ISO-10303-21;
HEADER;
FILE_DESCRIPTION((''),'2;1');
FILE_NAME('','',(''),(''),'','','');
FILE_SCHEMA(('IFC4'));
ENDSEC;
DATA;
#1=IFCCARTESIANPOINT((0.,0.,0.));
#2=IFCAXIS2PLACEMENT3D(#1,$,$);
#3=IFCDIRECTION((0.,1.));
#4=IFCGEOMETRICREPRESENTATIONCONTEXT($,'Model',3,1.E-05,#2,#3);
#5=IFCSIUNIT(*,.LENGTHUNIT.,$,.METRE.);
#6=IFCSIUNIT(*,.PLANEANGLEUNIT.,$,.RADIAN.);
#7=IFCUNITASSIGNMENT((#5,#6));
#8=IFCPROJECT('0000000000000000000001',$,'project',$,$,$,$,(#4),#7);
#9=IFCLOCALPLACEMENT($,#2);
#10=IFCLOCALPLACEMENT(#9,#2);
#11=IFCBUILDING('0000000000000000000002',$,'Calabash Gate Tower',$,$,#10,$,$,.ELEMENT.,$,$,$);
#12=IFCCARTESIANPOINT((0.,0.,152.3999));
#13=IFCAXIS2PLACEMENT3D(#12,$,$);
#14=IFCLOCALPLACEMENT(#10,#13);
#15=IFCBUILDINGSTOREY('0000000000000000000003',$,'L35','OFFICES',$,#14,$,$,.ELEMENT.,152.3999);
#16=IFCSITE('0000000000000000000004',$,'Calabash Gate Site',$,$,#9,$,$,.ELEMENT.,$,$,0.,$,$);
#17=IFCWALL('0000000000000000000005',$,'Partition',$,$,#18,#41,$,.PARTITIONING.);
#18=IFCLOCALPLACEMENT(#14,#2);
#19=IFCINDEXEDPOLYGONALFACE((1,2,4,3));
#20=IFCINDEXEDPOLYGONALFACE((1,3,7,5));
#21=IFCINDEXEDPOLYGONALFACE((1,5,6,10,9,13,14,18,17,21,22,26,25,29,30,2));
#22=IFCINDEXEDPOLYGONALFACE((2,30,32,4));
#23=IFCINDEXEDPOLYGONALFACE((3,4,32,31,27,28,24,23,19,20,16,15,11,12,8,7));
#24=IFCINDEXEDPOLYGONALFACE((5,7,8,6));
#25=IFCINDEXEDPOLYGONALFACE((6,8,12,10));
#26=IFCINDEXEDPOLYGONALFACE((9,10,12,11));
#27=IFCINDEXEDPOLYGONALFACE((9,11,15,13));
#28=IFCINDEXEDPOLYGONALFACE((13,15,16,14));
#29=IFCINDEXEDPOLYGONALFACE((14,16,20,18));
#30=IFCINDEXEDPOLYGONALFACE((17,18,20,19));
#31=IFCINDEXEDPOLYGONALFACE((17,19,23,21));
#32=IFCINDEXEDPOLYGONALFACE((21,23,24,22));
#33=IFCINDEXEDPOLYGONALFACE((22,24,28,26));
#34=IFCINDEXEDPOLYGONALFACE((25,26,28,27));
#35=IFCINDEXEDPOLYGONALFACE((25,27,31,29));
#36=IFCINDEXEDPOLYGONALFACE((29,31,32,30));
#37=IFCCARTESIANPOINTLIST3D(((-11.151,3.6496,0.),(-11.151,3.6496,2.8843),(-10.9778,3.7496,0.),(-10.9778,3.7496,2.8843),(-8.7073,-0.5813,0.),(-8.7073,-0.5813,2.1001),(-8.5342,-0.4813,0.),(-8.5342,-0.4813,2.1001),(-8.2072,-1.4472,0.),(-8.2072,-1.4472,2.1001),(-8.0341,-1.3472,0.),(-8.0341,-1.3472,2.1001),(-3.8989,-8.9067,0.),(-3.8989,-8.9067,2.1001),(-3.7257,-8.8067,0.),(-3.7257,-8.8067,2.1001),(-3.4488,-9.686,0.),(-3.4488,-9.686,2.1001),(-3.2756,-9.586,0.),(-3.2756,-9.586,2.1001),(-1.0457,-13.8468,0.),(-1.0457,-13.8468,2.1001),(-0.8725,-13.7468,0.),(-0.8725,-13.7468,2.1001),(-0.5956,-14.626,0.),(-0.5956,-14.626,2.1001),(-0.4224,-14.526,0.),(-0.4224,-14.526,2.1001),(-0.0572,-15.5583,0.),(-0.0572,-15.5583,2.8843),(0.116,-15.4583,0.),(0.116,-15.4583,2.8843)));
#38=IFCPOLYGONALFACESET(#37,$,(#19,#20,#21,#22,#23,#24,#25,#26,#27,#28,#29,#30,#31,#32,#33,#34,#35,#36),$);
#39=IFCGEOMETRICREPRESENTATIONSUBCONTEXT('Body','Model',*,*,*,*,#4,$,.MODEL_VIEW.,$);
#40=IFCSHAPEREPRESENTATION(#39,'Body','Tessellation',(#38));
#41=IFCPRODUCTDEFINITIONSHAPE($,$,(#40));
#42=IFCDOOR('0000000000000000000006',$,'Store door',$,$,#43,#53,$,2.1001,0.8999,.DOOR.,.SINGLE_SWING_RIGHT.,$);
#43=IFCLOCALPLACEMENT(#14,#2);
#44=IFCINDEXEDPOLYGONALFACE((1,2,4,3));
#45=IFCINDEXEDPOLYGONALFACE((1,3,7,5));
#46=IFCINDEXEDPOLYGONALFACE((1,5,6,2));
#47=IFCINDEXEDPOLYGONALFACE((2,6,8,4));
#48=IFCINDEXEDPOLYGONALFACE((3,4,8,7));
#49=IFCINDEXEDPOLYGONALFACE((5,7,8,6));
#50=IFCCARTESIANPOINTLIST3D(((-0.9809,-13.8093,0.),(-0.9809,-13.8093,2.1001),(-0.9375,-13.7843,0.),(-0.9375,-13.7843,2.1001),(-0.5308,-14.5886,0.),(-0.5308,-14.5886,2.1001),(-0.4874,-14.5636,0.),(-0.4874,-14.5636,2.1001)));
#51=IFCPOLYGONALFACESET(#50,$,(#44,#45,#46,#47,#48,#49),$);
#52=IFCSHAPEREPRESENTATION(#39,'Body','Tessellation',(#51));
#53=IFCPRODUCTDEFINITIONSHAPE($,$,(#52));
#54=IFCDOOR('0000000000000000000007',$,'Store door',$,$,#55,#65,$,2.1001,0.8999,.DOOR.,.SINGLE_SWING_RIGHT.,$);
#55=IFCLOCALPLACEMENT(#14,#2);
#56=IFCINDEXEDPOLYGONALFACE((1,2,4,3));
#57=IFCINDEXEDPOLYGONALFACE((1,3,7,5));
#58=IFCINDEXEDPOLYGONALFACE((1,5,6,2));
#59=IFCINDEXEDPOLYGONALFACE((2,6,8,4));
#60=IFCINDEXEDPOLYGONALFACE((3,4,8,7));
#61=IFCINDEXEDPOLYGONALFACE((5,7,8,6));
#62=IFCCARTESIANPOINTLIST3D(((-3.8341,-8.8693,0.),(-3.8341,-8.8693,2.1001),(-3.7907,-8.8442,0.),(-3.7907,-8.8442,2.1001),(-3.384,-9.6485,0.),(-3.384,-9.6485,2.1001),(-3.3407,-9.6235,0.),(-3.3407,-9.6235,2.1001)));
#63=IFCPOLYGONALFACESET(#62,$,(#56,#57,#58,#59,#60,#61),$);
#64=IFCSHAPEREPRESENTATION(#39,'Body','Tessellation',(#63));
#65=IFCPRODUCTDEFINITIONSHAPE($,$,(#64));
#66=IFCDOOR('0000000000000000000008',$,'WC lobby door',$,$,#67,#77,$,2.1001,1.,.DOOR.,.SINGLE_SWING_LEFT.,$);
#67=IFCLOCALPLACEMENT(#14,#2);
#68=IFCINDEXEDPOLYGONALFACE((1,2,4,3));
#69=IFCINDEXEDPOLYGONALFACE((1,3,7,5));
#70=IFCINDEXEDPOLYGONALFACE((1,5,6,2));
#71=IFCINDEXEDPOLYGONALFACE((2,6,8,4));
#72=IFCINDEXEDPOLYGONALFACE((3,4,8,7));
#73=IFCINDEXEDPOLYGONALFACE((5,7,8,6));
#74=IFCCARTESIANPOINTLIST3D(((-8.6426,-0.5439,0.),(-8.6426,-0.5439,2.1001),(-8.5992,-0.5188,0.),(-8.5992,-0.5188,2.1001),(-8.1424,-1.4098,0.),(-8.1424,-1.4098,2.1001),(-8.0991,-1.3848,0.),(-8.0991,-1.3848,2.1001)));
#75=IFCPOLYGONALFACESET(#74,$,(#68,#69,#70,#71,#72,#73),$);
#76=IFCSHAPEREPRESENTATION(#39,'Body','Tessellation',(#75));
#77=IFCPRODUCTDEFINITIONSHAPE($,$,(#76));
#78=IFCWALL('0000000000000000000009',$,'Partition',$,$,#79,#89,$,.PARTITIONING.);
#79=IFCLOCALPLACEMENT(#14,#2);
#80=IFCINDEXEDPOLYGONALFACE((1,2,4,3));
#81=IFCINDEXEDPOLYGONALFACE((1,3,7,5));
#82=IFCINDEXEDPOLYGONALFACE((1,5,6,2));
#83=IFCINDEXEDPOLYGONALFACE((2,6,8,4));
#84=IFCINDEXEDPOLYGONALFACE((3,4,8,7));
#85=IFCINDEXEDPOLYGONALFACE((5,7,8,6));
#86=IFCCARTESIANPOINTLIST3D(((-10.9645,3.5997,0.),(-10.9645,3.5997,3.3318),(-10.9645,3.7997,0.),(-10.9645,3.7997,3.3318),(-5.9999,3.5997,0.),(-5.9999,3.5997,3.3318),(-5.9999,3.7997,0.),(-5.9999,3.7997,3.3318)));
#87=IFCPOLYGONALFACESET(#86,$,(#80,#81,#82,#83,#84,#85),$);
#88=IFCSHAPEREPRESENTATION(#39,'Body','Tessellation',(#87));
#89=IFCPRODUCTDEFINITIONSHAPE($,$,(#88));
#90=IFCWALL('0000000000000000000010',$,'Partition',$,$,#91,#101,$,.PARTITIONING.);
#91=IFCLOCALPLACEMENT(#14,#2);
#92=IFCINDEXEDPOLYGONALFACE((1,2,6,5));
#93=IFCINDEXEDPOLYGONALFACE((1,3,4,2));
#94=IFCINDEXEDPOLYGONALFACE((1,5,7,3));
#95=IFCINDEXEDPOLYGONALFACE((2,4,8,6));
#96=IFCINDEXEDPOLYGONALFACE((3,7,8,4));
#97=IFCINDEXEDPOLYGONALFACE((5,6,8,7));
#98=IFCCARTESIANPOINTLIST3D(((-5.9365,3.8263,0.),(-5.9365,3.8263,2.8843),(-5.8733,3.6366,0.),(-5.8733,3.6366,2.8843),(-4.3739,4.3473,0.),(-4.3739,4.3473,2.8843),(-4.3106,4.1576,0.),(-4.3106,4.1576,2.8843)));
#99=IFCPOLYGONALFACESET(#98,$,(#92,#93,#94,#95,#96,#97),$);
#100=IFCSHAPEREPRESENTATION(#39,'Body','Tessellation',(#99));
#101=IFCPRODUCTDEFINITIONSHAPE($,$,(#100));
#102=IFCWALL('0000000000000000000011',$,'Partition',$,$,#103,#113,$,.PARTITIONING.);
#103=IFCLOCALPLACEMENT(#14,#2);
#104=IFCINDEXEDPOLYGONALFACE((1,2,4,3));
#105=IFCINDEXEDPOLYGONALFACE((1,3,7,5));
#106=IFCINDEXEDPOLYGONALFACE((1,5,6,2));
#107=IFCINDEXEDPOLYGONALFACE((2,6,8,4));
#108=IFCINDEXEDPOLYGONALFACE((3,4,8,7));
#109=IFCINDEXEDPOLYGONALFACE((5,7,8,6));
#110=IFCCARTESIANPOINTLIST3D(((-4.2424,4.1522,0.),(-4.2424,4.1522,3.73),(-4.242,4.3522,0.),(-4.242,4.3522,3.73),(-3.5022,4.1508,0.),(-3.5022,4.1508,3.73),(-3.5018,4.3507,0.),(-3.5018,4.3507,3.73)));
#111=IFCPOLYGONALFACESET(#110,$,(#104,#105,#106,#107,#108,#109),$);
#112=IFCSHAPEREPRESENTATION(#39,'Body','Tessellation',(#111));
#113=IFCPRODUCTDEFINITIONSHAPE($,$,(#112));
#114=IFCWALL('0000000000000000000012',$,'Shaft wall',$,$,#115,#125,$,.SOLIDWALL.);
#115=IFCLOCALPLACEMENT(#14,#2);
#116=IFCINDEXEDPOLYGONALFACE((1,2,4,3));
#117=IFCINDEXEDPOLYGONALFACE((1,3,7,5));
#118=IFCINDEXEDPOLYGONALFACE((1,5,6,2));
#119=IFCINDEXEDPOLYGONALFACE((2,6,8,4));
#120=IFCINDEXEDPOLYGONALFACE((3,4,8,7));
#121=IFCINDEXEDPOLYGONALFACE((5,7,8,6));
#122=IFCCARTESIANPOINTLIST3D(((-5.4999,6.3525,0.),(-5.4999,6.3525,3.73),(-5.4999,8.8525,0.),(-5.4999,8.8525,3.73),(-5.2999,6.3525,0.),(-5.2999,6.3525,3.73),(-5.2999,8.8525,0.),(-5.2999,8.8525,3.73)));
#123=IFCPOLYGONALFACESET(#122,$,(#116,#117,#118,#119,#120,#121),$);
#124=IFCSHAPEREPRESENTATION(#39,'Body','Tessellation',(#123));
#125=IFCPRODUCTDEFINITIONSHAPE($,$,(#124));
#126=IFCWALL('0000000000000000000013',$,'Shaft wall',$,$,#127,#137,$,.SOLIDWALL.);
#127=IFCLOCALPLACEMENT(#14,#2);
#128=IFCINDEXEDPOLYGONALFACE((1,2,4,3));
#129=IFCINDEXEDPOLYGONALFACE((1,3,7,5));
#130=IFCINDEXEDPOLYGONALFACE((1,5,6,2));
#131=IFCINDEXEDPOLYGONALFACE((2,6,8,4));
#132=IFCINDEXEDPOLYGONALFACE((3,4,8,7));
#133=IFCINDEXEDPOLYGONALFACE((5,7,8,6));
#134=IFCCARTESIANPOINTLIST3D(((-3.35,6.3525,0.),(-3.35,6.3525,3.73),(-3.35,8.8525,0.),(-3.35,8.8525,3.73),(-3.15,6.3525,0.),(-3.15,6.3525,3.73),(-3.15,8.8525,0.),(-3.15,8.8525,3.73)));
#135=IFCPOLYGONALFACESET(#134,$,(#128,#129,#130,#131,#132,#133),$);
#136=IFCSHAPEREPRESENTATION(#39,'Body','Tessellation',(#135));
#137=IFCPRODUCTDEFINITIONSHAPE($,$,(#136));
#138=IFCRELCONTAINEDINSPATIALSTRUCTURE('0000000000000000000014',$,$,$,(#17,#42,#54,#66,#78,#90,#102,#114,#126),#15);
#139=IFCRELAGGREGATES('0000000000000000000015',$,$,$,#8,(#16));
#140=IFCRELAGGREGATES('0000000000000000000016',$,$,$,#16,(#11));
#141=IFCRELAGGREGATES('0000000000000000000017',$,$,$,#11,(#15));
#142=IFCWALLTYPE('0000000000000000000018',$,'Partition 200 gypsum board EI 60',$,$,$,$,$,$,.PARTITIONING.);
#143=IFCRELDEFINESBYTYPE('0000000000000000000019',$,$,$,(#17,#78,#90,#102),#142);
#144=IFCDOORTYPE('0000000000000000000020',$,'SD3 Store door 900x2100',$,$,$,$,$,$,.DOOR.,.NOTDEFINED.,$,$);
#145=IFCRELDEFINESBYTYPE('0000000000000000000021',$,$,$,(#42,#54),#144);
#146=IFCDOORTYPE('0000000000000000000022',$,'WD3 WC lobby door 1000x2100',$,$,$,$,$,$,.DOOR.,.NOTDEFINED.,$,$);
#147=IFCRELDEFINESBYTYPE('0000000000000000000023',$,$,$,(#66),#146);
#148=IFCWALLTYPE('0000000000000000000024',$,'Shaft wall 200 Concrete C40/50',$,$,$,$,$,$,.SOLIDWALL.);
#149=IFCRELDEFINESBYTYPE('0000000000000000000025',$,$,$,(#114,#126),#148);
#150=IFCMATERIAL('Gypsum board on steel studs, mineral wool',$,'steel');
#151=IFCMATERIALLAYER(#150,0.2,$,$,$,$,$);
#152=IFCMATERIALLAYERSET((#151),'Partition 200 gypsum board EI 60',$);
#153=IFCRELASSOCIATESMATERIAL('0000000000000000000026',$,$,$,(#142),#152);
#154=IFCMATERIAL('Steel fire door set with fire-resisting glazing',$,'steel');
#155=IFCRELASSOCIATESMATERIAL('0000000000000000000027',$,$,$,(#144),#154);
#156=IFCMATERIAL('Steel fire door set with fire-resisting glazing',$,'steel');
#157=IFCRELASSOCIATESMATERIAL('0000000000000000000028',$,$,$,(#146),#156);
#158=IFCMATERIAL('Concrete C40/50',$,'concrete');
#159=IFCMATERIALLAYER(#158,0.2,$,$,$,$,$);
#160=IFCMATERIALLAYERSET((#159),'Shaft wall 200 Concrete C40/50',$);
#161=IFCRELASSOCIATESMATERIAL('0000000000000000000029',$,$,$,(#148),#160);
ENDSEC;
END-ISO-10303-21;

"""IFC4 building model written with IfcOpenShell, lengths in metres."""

from ifc_helpers import new_model, si_unit, direction, frame, frame_2d, origin, place, context, subcontext, project, spatial, rectangle, extrude, material, layer, layer_set, type_object, element, fill, save


model = new_model("IFC4")

# Units and contexts
model_context = context("Model", 3, precision=1e-05, world=origin(), true_north=direction((0.0, 1.0)))
body_context = subcontext(model_context, "Body", "Model", "MODEL_VIEW")
ifc_project = project(units=[si_unit("LENGTHUNIT", "METRE"), si_unit("PLANEANGLEUNIT", "RADIAN")], contexts=[model_context])

# Site, building, storey
site_placement = place(None, origin())
site = spatial("IfcSite", under=ifc_project, at=site_placement, Name="Calabash Gate Site", CompositionType="ELEMENT", RefElevation=0.0)
building_placement = place(site_placement, origin())
building = spatial("IfcBuilding", under=site, at=building_placement, Name="Calabash Gate Tower", CompositionType="ELEMENT")
storey_placement = place(building_placement, frame((0.0, 0.0, 152.3999)))
storey = spatial("IfcBuildingStorey", under=building, at=storey_placement, Name="L35", Description="OFFICES", CompositionType="ELEMENT", Elevation=152.3999)

# Shared definitions
ifc_material_1 = material(Name="Gypsum board on steel studs, mineral wool", Category="steel")
ifc_layer_1 = layer(ifc_material_1, 0.2)
ifc_layer_set_1 = layer_set([ifc_layer_1], Name="Partition 200 gypsum board EI 60")
wall_type_1 = type_object("IfcWallType", Name="Partition 200 gypsum board EI 60", PredefinedType="PARTITIONING", material=ifc_layer_set_1)

# Wall, openings, doors
wall_1_placement = place(storey_placement, frame((-11.0645, 3.6997, 0.0), z_axis=(0.0, 0.0, 1.0), x_axis=(0.50014, -0.865945, 0.0)))
wall_1 = element("IfcWall", 1, at=wall_1_placement, inside=storey, type_object=wall_type_1, Name="Partition", PredefinedType="PARTITIONING", context=body_context, shape_type="SweptSolid", body=[
    extrude(rectangle(XDim=22.1814, YDim=0.2, at=frame_2d((11.0908, 0.0))), origin(), (0.0, 0.0, 1.0), 2.8843),
])
opening_1_placement = place(wall_1_placement, frame((20.2051, 0.0, 0.0)))
opening_1 = element("IfcOpeningElement", 2, at=opening_1_placement, cuts=wall_1, PredefinedType="OPENING", context=body_context, shape_type="SweptSolid", body=[
    extrude(rectangle(XDim=0.8999, YDim=2.1001, at=frame_2d((0.45, 1.05))), frame((0.0, 0.1099, 0.0), z_axis=(0.0, -1.0, 0.0), x_axis=(1.0, 0.0, 0.0)), (0.0, 0.0, 1.0), 0.22),
])
opening_2_placement = place(wall_1_placement, frame((14.5002, 0.0, 0.0)))
opening_2 = element("IfcOpeningElement", 3, at=opening_2_placement, cuts=wall_1, PredefinedType="OPENING", context=body_context, shape_type="SweptSolid", body=[
    extrude(rectangle(XDim=0.8999, YDim=2.1001, at=frame_2d((0.45, 1.05))), frame((0.0, 0.1099, 0.0), z_axis=(0.0, -1.0, 0.0), x_axis=(1.0, 0.0, 0.0)), (0.0, 0.0, 1.0), 0.22),
])
opening_3_placement = place(wall_1_placement, frame((4.886, 0.0, 0.0)))
opening_3 = element("IfcOpeningElement", 4, at=opening_3_placement, cuts=wall_1, PredefinedType="OPENING", context=body_context, shape_type="SweptSolid", body=[
    extrude(rectangle(XDim=1.0, YDim=2.1001, at=frame_2d((0.5, 1.05))), frame((0.0, 0.1099, 0.0), z_axis=(0.0, -1.0, 0.0), x_axis=(1.0, 0.0, 0.0)), (0.0, 0.0, 1.0), 0.22),
])
ifc_material_2 = material(Name="Steel fire door set with fire-resisting glazing", Category="steel")
door_type_1 = type_object("IfcDoorType", Name="SD3 Store door 900x2100", OperationType="NOTDEFINED", PredefinedType="DOOR", material=ifc_material_2)
door_1_placement = place(opening_1_placement, origin())
door_1 = element("IfcDoor", 5, at=door_1_placement, inside=storey, type_object=door_type_1, Name="Store door", OperationType="SINGLE_SWING_RIGHT", OverallHeight=2.1001, OverallWidth=0.8999, PredefinedType="DOOR", context=body_context, shape_type="SweptSolid", body=[
    extrude(rectangle(XDim=0.8999, YDim=2.1001, at=frame_2d((0.45, 1.05))), frame((0.0, 0.0249, 0.0), z_axis=(0.0, -1.0, 0.0), x_axis=(1.0, 0.0, 0.0)), (0.0, 0.0, 1.0), 0.05),
])
fill(opening_1, door_1)
door_2_placement = place(opening_2_placement, origin())
door_2 = element("IfcDoor", 6, at=door_2_placement, inside=storey, type_object=door_type_1, Name="Store door", OperationType="SINGLE_SWING_RIGHT", OverallHeight=2.1001, OverallWidth=0.8999, PredefinedType="DOOR", context=body_context, shape_type="SweptSolid", body=[
    extrude(rectangle(XDim=0.8999, YDim=2.1001, at=frame_2d((0.45, 1.05))), frame((0.0, 0.0249, 0.0), z_axis=(0.0, -1.0, 0.0), x_axis=(1.0, 0.0, 0.0)), (0.0, 0.0, 1.0), 0.05),
])
fill(opening_2, door_2)
ifc_material_3 = material(Name="Steel fire door set with fire-resisting glazing", Category="steel")
door_type_2 = type_object("IfcDoorType", Name="WD3 WC lobby door 1000x2100", OperationType="NOTDEFINED", PredefinedType="DOOR", material=ifc_material_3)
door_3_placement = place(opening_3_placement, origin())
door_3 = element("IfcDoor", 7, at=door_3_placement, inside=storey, type_object=door_type_2, Name="WC lobby door", OperationType="SINGLE_SWING_LEFT", OverallHeight=2.1001, OverallWidth=1.0, PredefinedType="DOOR", context=body_context, shape_type="SweptSolid", body=[
    extrude(rectangle(XDim=1.0, YDim=2.1001, at=frame_2d((0.5, 1.05))), frame((0.0, 0.0249, 0.0), z_axis=(0.0, -1.0, 0.0), x_axis=(1.0, 0.0, 0.0)), (0.0, 0.0, 1.0), 0.05),
])
fill(opening_3, door_3)

# Walls
wall_2_placement = place(storey_placement, frame((-10.9646, 3.6997, 0.0), z_axis=(0.0, 0.0, 1.0), x_axis=(1.0, 0.0, 0.0)))
element("IfcWall", 8, at=wall_2_placement, inside=storey, type_object=wall_type_1, Name="Partition", PredefinedType="PARTITIONING", context=body_context, shape_type="SweptSolid", body=[
    extrude(rectangle(XDim=4.9646, YDim=0.2, at=frame_2d((2.4824, 0.0))), origin(), (0.0, 0.0, 1.0), 3.3318),
])
wall_3_placement = place(storey_placement, frame((-5.905, 3.7314, 0.0), z_axis=(0.0, 0.0, 1.0), x_axis=(0.948668, 0.316272, 0.0)))
element("IfcWall", 9, at=wall_3_placement, inside=storey, type_object=wall_type_1, Name="Partition", PredefinedType="PARTITIONING", context=body_context, shape_type="SweptSolid", body=[
    extrude(rectangle(XDim=1.6472, YDim=0.2, at=frame_2d((0.8237, 0.0))), origin(), (0.0, 0.0, 1.0), 2.8843),
])
wall_4_placement = place(storey_placement, frame((-4.2422, 4.2522, 0.0), z_axis=(0.0, 0.0, 1.0), x_axis=(0.999998, -0.001979, 0.0)))
element("IfcWall", 10, at=wall_4_placement, inside=storey, type_object=wall_type_1, Name="Partition", PredefinedType="PARTITIONING", context=body_context, shape_type="SweptSolid", body=[
    extrude(rectangle(XDim=0.7402, YDim=0.2, at=frame_2d((0.3701, 0.0))), origin(), (0.0, 0.0, 1.0), 3.73),
])
ifc_material_4 = material(Name="Concrete C40/50", Category="concrete")
ifc_layer_2 = layer(ifc_material_4, 0.2)
ifc_layer_set_2 = layer_set([ifc_layer_2], Name="Shaft wall 200 Concrete C40/50")
wall_type_2 = type_object("IfcWallType", Name="Shaft wall 200 Concrete C40/50", PredefinedType="SOLIDWALL", material=ifc_layer_set_2)
for number, where, z_axis, x_axis, name in (
    (11, (-5.3999, 6.3525, 0.0), (0.0, 0.0, 1.0), (0.0, 1.0, 0.0), "Shaft wall"),
    (12, (-3.25, 6.3525, 0.0), (0.0, 0.0, 1.0), (0.0, 1.0, 0.0), "Shaft wall"),
):
    element("IfcWall", number, at=place(storey_placement, frame(where, z_axis=z_axis, x_axis=x_axis)), inside=storey, type_object=wall_type_2, Name=name, PredefinedType="SOLIDWALL", context=body_context, shape_type="SweptSolid", body=[
        extrude(rectangle(XDim=2.5, YDim=0.2, at=frame_2d((1.25, 0.0))), origin(), (0.0, 0.0, 1.0), 3.73),
    ])

save(model, "model.ifc")
